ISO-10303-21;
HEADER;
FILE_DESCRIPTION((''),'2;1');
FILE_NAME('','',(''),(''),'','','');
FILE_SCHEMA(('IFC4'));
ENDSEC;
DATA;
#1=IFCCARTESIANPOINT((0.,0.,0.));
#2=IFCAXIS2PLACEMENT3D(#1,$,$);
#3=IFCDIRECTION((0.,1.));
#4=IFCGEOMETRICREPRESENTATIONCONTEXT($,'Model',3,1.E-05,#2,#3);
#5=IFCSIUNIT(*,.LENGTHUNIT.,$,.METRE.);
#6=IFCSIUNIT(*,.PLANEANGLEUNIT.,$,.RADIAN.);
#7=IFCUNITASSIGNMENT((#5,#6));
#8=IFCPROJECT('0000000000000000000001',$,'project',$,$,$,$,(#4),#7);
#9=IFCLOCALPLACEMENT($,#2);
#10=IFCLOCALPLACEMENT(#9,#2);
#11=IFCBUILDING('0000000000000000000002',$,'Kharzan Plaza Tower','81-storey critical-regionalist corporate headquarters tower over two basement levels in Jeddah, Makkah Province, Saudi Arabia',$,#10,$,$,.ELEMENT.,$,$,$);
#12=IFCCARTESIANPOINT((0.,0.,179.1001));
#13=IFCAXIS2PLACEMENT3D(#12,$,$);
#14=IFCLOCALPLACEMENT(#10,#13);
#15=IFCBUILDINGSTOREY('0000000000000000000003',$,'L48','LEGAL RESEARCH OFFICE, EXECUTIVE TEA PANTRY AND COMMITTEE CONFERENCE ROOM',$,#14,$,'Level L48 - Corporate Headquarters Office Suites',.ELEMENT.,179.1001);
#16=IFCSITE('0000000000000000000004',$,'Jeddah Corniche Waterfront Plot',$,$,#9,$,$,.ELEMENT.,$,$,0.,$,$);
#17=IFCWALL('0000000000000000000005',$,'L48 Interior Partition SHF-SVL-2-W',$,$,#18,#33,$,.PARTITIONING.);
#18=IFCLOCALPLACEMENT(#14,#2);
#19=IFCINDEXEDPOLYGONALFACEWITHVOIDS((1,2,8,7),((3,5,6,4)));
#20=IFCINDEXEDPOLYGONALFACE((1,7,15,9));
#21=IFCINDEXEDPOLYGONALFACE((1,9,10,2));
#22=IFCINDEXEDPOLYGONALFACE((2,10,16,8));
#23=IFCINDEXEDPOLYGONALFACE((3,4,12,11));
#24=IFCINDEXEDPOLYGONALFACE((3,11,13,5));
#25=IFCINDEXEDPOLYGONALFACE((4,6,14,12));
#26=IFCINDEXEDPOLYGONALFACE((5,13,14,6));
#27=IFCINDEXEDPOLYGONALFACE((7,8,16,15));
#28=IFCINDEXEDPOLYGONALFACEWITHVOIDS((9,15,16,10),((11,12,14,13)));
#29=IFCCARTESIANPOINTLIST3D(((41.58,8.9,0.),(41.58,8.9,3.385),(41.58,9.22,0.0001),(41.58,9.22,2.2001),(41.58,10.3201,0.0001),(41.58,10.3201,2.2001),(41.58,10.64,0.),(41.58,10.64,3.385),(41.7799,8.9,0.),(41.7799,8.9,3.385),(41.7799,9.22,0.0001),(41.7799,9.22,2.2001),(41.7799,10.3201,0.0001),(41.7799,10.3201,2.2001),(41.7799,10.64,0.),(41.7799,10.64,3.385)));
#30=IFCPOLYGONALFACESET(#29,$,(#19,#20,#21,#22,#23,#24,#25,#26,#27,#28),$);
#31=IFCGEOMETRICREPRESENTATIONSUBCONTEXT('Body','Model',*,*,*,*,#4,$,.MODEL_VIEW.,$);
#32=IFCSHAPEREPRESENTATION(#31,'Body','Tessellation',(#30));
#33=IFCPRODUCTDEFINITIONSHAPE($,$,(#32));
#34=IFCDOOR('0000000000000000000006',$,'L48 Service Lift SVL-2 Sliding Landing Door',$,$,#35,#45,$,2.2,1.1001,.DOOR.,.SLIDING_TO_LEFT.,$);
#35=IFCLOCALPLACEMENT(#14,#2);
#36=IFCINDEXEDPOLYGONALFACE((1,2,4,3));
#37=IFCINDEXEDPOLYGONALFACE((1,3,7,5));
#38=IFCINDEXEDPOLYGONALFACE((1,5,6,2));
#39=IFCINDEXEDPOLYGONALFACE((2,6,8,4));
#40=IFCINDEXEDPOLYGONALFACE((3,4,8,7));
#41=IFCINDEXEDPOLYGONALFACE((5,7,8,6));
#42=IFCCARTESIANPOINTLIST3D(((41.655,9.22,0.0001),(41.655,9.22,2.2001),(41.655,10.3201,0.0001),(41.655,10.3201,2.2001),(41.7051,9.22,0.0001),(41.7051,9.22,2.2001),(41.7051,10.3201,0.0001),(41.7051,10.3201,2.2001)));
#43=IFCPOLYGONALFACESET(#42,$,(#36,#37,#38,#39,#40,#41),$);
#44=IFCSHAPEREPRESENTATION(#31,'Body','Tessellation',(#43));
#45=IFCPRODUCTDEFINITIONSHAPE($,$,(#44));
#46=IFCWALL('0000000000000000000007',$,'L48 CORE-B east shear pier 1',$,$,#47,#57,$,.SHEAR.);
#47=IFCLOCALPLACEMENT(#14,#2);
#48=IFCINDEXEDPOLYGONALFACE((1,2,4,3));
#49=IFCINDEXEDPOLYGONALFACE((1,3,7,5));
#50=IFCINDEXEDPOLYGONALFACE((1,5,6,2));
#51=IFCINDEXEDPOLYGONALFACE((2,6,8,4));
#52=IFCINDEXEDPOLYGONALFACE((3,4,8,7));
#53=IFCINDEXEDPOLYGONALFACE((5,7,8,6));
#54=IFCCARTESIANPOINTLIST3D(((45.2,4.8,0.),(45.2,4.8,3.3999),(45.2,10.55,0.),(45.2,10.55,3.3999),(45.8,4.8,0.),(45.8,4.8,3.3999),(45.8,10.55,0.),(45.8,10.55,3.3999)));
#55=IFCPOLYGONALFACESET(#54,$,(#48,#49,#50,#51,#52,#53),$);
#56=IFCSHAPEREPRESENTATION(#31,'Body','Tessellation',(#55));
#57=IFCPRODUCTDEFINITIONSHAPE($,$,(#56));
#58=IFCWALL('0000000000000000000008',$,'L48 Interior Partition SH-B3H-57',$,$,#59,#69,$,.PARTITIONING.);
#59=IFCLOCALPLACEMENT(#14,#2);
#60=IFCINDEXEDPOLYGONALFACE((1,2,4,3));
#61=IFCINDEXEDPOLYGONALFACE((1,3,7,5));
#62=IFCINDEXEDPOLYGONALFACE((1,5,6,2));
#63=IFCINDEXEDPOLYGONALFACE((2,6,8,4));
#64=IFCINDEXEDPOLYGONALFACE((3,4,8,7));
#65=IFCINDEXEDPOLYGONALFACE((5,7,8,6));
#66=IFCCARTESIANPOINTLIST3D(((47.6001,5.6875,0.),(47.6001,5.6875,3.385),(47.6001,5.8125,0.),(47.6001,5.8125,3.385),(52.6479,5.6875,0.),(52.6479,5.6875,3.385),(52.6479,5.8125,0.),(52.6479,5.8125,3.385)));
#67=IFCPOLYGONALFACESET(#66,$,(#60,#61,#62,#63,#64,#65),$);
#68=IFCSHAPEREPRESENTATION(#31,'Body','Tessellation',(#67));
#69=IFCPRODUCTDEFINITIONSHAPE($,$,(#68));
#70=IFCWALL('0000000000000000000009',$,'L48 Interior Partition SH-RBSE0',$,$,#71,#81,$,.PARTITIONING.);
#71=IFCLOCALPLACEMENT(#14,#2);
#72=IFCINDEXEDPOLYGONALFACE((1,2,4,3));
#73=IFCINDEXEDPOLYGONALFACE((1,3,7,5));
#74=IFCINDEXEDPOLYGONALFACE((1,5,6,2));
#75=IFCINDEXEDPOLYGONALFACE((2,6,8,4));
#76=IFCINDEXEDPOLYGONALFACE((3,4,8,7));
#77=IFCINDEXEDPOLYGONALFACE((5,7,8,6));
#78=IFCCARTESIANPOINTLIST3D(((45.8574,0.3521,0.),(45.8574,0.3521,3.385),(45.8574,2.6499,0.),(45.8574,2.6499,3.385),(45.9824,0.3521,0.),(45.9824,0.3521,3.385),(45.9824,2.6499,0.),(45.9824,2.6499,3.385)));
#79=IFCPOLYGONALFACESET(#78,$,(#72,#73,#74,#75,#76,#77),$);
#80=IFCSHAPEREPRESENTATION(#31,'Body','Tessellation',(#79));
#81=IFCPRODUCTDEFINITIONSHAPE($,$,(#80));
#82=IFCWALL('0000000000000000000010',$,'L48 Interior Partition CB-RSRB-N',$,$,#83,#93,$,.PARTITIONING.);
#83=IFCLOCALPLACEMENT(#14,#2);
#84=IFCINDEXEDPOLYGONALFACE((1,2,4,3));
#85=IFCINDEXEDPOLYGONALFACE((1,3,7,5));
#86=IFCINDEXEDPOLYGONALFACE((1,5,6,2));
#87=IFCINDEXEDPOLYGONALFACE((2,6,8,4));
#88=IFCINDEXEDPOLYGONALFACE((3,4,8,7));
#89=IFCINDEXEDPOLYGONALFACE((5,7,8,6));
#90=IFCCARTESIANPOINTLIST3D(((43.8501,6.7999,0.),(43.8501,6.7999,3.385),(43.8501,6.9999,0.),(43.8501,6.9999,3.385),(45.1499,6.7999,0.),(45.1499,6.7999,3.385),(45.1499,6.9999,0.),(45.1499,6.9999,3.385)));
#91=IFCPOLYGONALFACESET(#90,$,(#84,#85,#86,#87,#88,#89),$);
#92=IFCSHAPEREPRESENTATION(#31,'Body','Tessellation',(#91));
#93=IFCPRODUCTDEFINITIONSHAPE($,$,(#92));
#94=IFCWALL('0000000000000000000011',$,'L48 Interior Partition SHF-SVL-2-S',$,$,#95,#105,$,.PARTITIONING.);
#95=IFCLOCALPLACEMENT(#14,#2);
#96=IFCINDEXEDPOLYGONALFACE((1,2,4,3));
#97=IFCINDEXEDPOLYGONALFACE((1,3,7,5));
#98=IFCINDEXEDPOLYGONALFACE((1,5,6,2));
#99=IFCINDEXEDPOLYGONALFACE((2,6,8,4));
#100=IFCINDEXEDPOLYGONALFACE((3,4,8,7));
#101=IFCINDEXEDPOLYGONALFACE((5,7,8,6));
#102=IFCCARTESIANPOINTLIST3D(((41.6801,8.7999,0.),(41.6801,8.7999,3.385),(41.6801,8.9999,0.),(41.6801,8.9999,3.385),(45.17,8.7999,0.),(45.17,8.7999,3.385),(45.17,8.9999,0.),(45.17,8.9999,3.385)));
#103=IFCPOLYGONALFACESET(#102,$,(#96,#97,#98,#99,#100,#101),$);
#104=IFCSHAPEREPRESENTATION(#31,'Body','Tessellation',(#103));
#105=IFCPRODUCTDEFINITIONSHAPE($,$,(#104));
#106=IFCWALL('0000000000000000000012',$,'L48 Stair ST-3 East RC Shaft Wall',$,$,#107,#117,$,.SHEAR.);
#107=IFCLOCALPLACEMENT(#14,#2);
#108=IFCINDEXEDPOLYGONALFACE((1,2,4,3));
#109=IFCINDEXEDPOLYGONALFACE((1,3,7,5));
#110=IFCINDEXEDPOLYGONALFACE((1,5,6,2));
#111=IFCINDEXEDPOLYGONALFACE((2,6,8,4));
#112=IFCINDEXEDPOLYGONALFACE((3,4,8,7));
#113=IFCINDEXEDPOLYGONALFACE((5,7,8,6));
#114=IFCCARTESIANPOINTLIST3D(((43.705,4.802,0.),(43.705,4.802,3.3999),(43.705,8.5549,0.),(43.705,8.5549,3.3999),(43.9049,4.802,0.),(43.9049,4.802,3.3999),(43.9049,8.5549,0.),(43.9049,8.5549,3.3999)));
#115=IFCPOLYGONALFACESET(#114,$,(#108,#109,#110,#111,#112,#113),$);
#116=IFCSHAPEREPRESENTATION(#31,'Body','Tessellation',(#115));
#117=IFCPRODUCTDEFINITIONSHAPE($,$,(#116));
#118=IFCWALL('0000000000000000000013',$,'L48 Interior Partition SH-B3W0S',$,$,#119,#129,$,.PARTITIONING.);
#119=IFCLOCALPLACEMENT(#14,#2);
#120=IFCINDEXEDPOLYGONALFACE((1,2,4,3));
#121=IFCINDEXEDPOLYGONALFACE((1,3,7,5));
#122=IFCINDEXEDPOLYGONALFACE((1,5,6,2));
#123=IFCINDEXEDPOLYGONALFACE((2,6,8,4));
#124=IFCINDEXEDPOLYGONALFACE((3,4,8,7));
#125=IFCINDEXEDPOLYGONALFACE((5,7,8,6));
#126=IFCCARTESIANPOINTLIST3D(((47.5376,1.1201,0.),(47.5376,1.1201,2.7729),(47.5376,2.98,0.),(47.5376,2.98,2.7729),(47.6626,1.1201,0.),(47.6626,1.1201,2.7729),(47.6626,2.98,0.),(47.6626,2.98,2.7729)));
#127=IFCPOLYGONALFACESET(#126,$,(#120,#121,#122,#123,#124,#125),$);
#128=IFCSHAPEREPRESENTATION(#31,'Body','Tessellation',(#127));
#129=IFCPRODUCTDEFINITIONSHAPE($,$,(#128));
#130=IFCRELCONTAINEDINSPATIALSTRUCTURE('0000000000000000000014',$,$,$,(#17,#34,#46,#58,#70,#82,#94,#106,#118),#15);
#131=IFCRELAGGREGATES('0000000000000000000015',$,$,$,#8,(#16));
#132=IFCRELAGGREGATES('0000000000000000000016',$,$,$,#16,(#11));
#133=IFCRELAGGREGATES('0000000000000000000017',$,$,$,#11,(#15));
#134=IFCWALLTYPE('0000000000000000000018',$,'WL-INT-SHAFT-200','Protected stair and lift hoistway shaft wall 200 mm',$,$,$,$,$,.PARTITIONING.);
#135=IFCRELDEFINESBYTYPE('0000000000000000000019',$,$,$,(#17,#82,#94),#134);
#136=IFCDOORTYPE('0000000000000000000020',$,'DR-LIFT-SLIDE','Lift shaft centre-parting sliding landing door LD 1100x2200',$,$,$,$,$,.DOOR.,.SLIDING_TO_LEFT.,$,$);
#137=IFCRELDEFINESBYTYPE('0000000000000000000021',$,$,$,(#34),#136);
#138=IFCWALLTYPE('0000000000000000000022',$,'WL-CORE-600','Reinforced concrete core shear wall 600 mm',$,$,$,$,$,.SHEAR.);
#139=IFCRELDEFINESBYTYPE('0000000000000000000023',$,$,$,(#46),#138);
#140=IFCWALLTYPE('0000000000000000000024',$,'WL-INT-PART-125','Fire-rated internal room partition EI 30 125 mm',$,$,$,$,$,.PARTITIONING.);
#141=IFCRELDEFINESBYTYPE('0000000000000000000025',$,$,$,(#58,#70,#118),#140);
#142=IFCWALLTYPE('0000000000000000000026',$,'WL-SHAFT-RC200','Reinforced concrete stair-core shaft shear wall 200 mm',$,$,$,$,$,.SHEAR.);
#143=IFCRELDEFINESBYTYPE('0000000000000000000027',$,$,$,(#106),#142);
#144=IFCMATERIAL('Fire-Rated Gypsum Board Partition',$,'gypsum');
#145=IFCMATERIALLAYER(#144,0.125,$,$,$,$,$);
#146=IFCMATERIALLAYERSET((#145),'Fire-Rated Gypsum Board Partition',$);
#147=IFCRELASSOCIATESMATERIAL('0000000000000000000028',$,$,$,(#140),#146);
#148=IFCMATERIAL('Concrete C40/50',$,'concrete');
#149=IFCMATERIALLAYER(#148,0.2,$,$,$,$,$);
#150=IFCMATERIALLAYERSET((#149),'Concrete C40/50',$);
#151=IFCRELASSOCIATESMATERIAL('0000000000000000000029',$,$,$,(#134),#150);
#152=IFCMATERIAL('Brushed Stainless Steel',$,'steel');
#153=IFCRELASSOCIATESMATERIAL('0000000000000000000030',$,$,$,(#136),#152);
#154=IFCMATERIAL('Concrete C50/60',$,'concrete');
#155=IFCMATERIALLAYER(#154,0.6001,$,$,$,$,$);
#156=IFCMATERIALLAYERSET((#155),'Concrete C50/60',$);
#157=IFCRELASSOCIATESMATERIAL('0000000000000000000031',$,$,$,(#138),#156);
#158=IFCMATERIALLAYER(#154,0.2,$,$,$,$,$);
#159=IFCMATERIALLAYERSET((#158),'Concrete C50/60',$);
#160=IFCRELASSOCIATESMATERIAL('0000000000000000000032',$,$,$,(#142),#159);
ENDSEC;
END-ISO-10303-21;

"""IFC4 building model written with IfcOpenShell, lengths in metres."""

from ifc_helpers import new_model, si_unit, direction, frame, frame_2d, origin, place, context, subcontext, project, spatial, rectangle, extrude, source, transform, mapped, material, layer, layer_set, type_object, element, fill, save


model = new_model("IFC4")

# Units and contexts
model_context = context("Model", 3, precision=1e-05, world=origin(), true_north=direction((0.0, 1.0)))
body_context = subcontext(model_context, "Body", "Model", "MODEL_VIEW")
ifc_project = project(units=[si_unit("LENGTHUNIT", "METRE"), si_unit("PLANEANGLEUNIT", "RADIAN")], contexts=[model_context])

# Site, building, storey
site_placement = place(None, origin())
site = spatial("IfcSite", under=ifc_project, at=site_placement, Name="Jeddah Corniche Waterfront Plot", CompositionType="ELEMENT", RefElevation=0.0)
building_placement = place(site_placement, origin())
building = spatial("IfcBuilding", under=site, at=building_placement, Name="Kharzan Plaza Tower", Description="81-storey critical-regionalist corporate headquarters tower over two basement levels in Jeddah, Makkah Province, Saudi Arabia", CompositionType="ELEMENT")
storey_placement = place(building_placement, frame((0.0, 0.0, 179.1001)))
storey = spatial("IfcBuildingStorey", under=building, at=storey_placement, Name="L48", Description="LEGAL RESEARCH OFFICE, EXECUTIVE TEA PANTRY AND COMMITTEE CONFERENCE ROOM", LongName="Level L48 - Corporate Headquarters Office Suites", CompositionType="ELEMENT", Elevation=179.1001)

# Shared definitions
ifc_material_1 = material(Name="Concrete C50/60", Category="concrete")

# Wall, opening, door
ifc_material_2 = material(Name="Fire-Rated Gypsum Board Partition", Category="gypsum")
ifc_layer_1 = layer(ifc_material_2, 0.125)
ifc_layer_set_1 = layer_set([ifc_layer_1], Name="Fire-Rated Gypsum Board Partition")
wall_type_1 = type_object("IfcWallType", Name="WL-INT-PART-125", Description="Fire-rated internal room partition EI 30 125 mm", PredefinedType="PARTITIONING", material=ifc_layer_set_1)
ifc_material_3 = material(Name="Concrete C40/50", Category="concrete")
ifc_layer_2 = layer(ifc_material_3, 0.2)
ifc_layer_set_2 = layer_set([ifc_layer_2], Name="Concrete C40/50")
wall_type_2 = type_object("IfcWallType", Name="WL-INT-SHAFT-200", Description="Protected stair and lift hoistway shaft wall 200 mm", PredefinedType="PARTITIONING", material=ifc_layer_set_2)
wall_1_placement = place(storey_placement, frame((41.6799, 8.8999, 0.0), z_axis=(0.0, 0.0, 1.0), x_axis=(0.0, 1.0, 0.0)))
wall_1 = element("IfcWall", 1, at=wall_1_placement, inside=storey, type_object=wall_type_2, Name="L48 Interior Partition SHF-SVL-2-W", PredefinedType="PARTITIONING", context=body_context, shape_type="SweptSolid", body=[
    extrude(rectangle(XDim=1.74, YDim=0.2, at=frame_2d((0.8701, 0.0))), origin(), (0.0, 0.0, 1.0), 3.385),
])
opening_1_placement = place(wall_1_placement, frame((0.3201, 0.0, 0.0)))
opening_1 = element("IfcOpeningElement", 2, at=opening_1_placement, cuts=wall_1, PredefinedType="OPENING", context=body_context, shape_type="SweptSolid", body=[
    extrude(rectangle(XDim=1.1001, YDim=2.2, at=frame_2d((0.55, 1.1001))), frame((0.0, 0.1099, 0.0), z_axis=(0.0, -1.0, 0.0), x_axis=(1.0, 0.0, 0.0)), (0.0, 0.0, 1.0), 0.22),
])
ifc_material_4 = material(Name="Brushed Stainless Steel", Category="steel")
door_type_1 = type_object("IfcDoorType", Name="DR-LIFT-SLIDE", Description="Lift shaft centre-parting sliding landing door LD 1100x2200", OperationType="SLIDING_TO_LEFT", PredefinedType="DOOR", material=ifc_material_4)
shared_shape_1 = source(origin(), body_context, "Body", "SweptSolid", [
    extrude(rectangle(XDim=1.1001, YDim=2.2, at=frame_2d((0.55, 1.1001))), frame((0.0, 0.0249, 0.0), z_axis=(0.0, -1.0, 0.0), x_axis=(1.0, 0.0, 0.0)), (0.0, 0.0, 1.0), 0.05),
])
door_1_placement = place(opening_1_placement, origin())
door_1 = element("IfcDoor", 3, at=door_1_placement, inside=storey, type_object=door_type_1, Name="L48 Service Lift SVL-2 Sliding Landing Door", OperationType="SLIDING_TO_LEFT", OverallHeight=2.2, OverallWidth=1.1001, PredefinedType="DOOR", context=body_context, shape_type="MappedRepresentation", body=[
    mapped(shared_shape_1, transform((0.0, 0.0, 0.0), x_axis=(1.0, 0.0, 0.0), y_axis=(0.0, 1.0, 0.0), z_axis=(0.0, 0.0, 1.0))),
])
fill(opening_1, door_1)

# Walls
ifc_layer_3 = layer(ifc_material_1, 0.6001)
ifc_layer_set_3 = layer_set([ifc_layer_3], Name="Concrete C50/60")
wall_type_3 = type_object("IfcWallType", Name="WL-CORE-600", Description="Reinforced concrete core shear wall 600 mm", PredefinedType="SHEAR", material=ifc_layer_set_3)
shared_shape_2 = source(origin(), body_context, "Body", "SweptSolid", [
    extrude(rectangle(XDim=5.75, YDim=0.6001, at=frame_2d((2.875, 0.0))), origin(), (0.0, 0.0, 1.0), 3.3999),
])
wall_2_placement = place(storey_placement, frame((45.5, 4.8, 0.0), z_axis=(0.0, 0.0, 1.0), x_axis=(0.0, 1.0, 0.0)))
element("IfcWall", 4, at=wall_2_placement, inside=storey, type_object=wall_type_3, Name="L48 CORE-B east shear pier 1", PredefinedType="SHEAR", context=body_context, shape_type="MappedRepresentation", body=[
    mapped(shared_shape_2, transform((0.0, 0.0, 0.0), x_axis=(1.0, 0.0, 0.0), y_axis=(0.0, 1.0, 0.0), z_axis=(0.0, 0.0, 1.0))),
])
shared_shape_3 = source(origin(), body_context, "Body", "SweptSolid", [
    extrude(rectangle(XDim=5.0479, YDim=0.125, at=frame_2d((2.5239, 0.0))), origin(), (0.0, 0.0, 1.0), 3.385),
])
wall_3_placement = place(storey_placement, frame((47.6001, 5.75, 0.0), z_axis=(0.0, 0.0, 1.0), x_axis=(1.0, 0.0, 0.0)))
element("IfcWall", 5, at=wall_3_placement, inside=storey, type_object=wall_type_1, Name="L48 Interior Partition SH-B3H-57", PredefinedType="PARTITIONING", context=body_context, shape_type="MappedRepresentation", body=[
    mapped(shared_shape_3, transform((0.0, 0.0, 0.0), x_axis=(1.0, 0.0, 0.0), y_axis=(0.0, 1.0, 0.0), z_axis=(0.0, 0.0, 1.0))),
])
shared_shape_4 = source(origin(), body_context, "Body", "SweptSolid", [
    extrude(rectangle(XDim=2.2979, YDim=0.125, at=frame_2d((1.1489, 0.0))), origin(), (0.0, 0.0, 1.0), 3.385),
])
wall_4_placement = place(storey_placement, frame((45.9199, 0.3521, 0.0), z_axis=(0.0, 0.0, 1.0), x_axis=(0.0, 1.0, 0.0)))
element("IfcWall", 6, at=wall_4_placement, inside=storey, type_object=wall_type_1, Name="L48 Interior Partition SH-RBSE0", PredefinedType="PARTITIONING", context=body_context, shape_type="MappedRepresentation", body=[
    mapped(shared_shape_4, transform((0.0, 0.0, 0.0), x_axis=(1.0, 0.0, 0.0), y_axis=(0.0, 1.0, 0.0), z_axis=(0.0, 0.0, 1.0))),
])
shared_shape_5 = source(origin(), body_context, "Body", "SweptSolid", [
    extrude(rectangle(XDim=1.2998, YDim=0.2, at=frame_2d((0.6499, 0.0))), origin(), (0.0, 0.0, 1.0), 3.385),
])
wall_5_placement = place(storey_placement, frame((43.8501, 6.8999, 0.0), z_axis=(0.0, 0.0, 1.0), x_axis=(1.0, 0.0, 0.0)))
element("IfcWall", 7, at=wall_5_placement, inside=storey, type_object=wall_type_2, Name="L48 Interior Partition CB-RSRB-N", PredefinedType="PARTITIONING", context=body_context, shape_type="MappedRepresentation", body=[
    mapped(shared_shape_5, transform((0.0, 0.0, 0.0), x_axis=(1.0, 0.0, 0.0), y_axis=(0.0, 1.0, 0.0), z_axis=(0.0, 0.0, 1.0))),
])
shared_shape_6 = source(origin(), body_context, "Body", "SweptSolid", [
    extrude(rectangle(XDim=3.49, YDim=0.2, at=frame_2d((1.7451, 0.0))), origin(), (0.0, 0.0, 1.0), 3.385),
])
wall_6_placement = place(storey_placement, frame((41.6799, 8.8999, 0.0), z_axis=(0.0, 0.0, 1.0), x_axis=(1.0, 0.0, 0.0)))
element("IfcWall", 8, at=wall_6_placement, inside=storey, type_object=wall_type_2, Name="L48 Interior Partition SHF-SVL-2-S", PredefinedType="PARTITIONING", context=body_context, shape_type="MappedRepresentation", body=[
    mapped(shared_shape_6, transform((0.0, 0.0, 0.0), x_axis=(1.0, 0.0, 0.0), y_axis=(0.0, 1.0, 0.0), z_axis=(0.0, 0.0, 1.0))),
])
ifc_layer_4 = layer(ifc_material_1, 0.2)
ifc_layer_set_4 = layer_set([ifc_layer_4], Name="Concrete C50/60")
wall_type_4 = type_object("IfcWallType", Name="WL-SHAFT-RC200", Description="Reinforced concrete stair-core shaft shear wall 200 mm", PredefinedType="SHEAR", material=ifc_layer_set_4)
shared_shape_7 = source(origin(), body_context, "Body", "SweptSolid", [
    extrude(rectangle(XDim=3.7529, YDim=0.2, at=frame_2d((1.8765, 0.0))), origin(), (0.0, 0.0, 1.0), 3.3999),
])
wall_7_placement = place(storey_placement, frame((43.8049, 4.802, 0.0), z_axis=(0.0, 0.0, 1.0), x_axis=(0.0, 1.0, 0.0)))
element("IfcWall", 9, at=wall_7_placement, inside=storey, type_object=wall_type_4, Name="L48 Stair ST-3 East RC Shaft Wall", PredefinedType="SHEAR", context=body_context, shape_type="MappedRepresentation", body=[
    mapped(shared_shape_7, transform((0.0, 0.0, 0.0), x_axis=(1.0, 0.0, 0.0), y_axis=(0.0, 1.0, 0.0), z_axis=(0.0, 0.0, 1.0))),
])
shared_shape_8 = source(origin(), body_context, "Body", "SweptSolid", [
    extrude(rectangle(XDim=1.8599, YDim=0.125, at=frame_2d((0.9299, 0.0))), origin(), (0.0, 0.0, 1.0), 2.7729),
])
wall_8_placement = place(storey_placement, frame((47.6001, 1.1201, 0.0), z_axis=(0.0, 0.0, 1.0), x_axis=(0.0, 1.0, 0.0)))
element("IfcWall", 10, at=wall_8_placement, inside=storey, type_object=wall_type_1, Name="L48 Interior Partition SH-B3W0S", PredefinedType="PARTITIONING", context=body_context, shape_type="MappedRepresentation", body=[
    mapped(shared_shape_8, transform((0.0, 0.0, 0.0), x_axis=(1.0, 0.0, 0.0), y_axis=(0.0, 1.0, 0.0), z_axis=(0.0, 0.0, 1.0))),
])

save(model, "model.ifc")
